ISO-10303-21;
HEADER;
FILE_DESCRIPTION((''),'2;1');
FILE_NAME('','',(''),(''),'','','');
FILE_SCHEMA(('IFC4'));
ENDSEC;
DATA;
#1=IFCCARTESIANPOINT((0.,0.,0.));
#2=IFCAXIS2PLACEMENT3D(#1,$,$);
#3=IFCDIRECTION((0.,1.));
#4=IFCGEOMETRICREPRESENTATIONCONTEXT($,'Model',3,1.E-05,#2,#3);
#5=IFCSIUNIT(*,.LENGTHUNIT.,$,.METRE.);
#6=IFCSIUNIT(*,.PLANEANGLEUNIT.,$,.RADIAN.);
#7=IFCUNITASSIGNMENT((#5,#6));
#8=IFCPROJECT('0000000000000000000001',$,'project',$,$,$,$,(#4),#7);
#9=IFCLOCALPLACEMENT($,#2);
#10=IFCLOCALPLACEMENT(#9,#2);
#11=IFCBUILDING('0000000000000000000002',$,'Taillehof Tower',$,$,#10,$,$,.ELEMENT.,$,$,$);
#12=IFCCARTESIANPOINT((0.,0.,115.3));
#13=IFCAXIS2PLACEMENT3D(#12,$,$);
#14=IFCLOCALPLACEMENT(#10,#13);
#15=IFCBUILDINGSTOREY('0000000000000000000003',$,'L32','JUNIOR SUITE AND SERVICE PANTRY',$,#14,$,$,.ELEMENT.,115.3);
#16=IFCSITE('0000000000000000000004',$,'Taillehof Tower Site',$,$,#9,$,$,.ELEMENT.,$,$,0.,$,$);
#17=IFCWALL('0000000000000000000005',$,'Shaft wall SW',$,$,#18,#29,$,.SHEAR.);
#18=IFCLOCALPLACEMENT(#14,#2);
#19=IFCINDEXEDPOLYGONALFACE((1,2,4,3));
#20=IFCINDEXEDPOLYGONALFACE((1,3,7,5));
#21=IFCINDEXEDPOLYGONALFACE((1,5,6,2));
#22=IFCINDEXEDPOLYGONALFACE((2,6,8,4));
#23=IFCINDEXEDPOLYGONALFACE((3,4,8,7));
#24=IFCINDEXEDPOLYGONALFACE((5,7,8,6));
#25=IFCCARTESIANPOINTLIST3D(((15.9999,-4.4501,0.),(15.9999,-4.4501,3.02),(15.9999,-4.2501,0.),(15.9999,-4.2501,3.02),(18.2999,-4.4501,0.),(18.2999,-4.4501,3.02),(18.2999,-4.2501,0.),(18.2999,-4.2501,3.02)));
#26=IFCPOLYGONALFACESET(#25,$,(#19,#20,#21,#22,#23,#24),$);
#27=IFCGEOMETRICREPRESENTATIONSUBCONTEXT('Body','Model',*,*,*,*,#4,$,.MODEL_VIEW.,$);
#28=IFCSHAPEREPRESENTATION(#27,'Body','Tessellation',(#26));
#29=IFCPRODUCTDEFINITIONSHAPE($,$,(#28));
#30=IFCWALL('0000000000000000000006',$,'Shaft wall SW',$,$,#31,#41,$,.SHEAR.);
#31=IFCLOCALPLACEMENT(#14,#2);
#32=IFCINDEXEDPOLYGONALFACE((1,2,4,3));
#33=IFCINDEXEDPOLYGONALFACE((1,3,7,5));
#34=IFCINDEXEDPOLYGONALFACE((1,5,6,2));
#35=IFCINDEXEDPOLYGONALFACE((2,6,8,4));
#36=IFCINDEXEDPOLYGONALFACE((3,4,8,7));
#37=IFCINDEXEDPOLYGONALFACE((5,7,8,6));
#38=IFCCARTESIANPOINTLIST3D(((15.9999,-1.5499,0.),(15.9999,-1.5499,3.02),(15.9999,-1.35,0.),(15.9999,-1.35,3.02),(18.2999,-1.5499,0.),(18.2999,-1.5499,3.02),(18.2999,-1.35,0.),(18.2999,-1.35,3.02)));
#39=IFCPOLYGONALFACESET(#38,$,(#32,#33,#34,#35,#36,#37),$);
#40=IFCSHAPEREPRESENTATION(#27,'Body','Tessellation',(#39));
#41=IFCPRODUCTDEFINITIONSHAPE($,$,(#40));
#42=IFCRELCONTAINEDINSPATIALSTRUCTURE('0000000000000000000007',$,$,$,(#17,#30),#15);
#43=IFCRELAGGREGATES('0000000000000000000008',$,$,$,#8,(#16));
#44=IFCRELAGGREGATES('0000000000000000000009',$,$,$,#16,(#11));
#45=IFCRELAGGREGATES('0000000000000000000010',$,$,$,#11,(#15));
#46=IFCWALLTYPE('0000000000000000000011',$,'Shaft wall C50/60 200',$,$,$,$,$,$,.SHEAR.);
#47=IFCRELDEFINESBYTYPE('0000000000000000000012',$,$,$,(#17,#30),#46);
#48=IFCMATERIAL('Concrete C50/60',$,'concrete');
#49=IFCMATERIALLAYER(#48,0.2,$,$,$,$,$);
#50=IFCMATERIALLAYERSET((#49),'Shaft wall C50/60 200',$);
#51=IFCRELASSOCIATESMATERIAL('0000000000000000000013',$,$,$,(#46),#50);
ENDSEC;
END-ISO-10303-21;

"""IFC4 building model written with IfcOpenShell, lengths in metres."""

from ifc_helpers import new_model, si_unit, direction, frame, frame_2d, origin, place, context, subcontext, project, spatial, rectangle, extrude, material, layer, layer_set, type_object, element, save


model = new_model("IFC4")

# Units and contexts
model_context = context("Model", 3, precision=1e-05, world=origin(), true_north=direction((0.0, 1.0)))
body_context = subcontext(model_context, "Body", "Model", "MODEL_VIEW")
ifc_project = project(units=[si_unit("LENGTHUNIT", "METRE"), si_unit("PLANEANGLEUNIT", "RADIAN")], contexts=[model_context])

# Site, building, storey
site_placement = place(None, origin())
site = spatial("IfcSite", under=ifc_project, at=site_placement, Name="Taillehof Tower Site", CompositionType="ELEMENT", RefElevation=0.0)
building_placement = place(site_placement, origin())
building = spatial("IfcBuilding", under=site, at=building_placement, Name="Taillehof Tower", CompositionType="ELEMENT")
storey_placement = place(building_placement, frame((0.0, 0.0, 115.3)))
storey = spatial("IfcBuildingStorey", under=building, at=storey_placement, Name="L32", Description="JUNIOR SUITE AND SERVICE PANTRY", CompositionType="ELEMENT", Elevation=115.3)

# Walls
ifc_material_1 = material(Name="Concrete C50/60", Category="concrete")
ifc_layer_1 = layer(ifc_material_1, 0.2)
ifc_layer_set_1 = layer_set([ifc_layer_1], Name="Shaft wall C50/60 200")
wall_type_1 = type_object("IfcWallType", Name="Shaft wall C50/60 200", PredefinedType="SHEAR", material=ifc_layer_set_1)
for number, where, z_axis, x_axis, name in (
    (1, (16.0, -4.3501, 0.0), (0.0, 0.0, 1.0), (1.0, 0.0, 0.0), "Shaft wall SW"),
    (2, (16.0, -1.45, 0.0), (0.0, 0.0, 1.0), (1.0, 0.0, 0.0), "Shaft wall SW"),
):
    element("IfcWall", number, at=place(storey_placement, frame(where, z_axis=z_axis, x_axis=x_axis)), inside=storey, type_object=wall_type_1, Name=name, PredefinedType="SHEAR", context=body_context, shape_type="SweptSolid", body=[
        extrude(rectangle(XDim=2.3, YDim=0.2, at=frame_2d((1.1499, 0.0))), origin(), (0.0, 0.0, 1.0), 3.02),
    ])

save(model, "model.ifc")
